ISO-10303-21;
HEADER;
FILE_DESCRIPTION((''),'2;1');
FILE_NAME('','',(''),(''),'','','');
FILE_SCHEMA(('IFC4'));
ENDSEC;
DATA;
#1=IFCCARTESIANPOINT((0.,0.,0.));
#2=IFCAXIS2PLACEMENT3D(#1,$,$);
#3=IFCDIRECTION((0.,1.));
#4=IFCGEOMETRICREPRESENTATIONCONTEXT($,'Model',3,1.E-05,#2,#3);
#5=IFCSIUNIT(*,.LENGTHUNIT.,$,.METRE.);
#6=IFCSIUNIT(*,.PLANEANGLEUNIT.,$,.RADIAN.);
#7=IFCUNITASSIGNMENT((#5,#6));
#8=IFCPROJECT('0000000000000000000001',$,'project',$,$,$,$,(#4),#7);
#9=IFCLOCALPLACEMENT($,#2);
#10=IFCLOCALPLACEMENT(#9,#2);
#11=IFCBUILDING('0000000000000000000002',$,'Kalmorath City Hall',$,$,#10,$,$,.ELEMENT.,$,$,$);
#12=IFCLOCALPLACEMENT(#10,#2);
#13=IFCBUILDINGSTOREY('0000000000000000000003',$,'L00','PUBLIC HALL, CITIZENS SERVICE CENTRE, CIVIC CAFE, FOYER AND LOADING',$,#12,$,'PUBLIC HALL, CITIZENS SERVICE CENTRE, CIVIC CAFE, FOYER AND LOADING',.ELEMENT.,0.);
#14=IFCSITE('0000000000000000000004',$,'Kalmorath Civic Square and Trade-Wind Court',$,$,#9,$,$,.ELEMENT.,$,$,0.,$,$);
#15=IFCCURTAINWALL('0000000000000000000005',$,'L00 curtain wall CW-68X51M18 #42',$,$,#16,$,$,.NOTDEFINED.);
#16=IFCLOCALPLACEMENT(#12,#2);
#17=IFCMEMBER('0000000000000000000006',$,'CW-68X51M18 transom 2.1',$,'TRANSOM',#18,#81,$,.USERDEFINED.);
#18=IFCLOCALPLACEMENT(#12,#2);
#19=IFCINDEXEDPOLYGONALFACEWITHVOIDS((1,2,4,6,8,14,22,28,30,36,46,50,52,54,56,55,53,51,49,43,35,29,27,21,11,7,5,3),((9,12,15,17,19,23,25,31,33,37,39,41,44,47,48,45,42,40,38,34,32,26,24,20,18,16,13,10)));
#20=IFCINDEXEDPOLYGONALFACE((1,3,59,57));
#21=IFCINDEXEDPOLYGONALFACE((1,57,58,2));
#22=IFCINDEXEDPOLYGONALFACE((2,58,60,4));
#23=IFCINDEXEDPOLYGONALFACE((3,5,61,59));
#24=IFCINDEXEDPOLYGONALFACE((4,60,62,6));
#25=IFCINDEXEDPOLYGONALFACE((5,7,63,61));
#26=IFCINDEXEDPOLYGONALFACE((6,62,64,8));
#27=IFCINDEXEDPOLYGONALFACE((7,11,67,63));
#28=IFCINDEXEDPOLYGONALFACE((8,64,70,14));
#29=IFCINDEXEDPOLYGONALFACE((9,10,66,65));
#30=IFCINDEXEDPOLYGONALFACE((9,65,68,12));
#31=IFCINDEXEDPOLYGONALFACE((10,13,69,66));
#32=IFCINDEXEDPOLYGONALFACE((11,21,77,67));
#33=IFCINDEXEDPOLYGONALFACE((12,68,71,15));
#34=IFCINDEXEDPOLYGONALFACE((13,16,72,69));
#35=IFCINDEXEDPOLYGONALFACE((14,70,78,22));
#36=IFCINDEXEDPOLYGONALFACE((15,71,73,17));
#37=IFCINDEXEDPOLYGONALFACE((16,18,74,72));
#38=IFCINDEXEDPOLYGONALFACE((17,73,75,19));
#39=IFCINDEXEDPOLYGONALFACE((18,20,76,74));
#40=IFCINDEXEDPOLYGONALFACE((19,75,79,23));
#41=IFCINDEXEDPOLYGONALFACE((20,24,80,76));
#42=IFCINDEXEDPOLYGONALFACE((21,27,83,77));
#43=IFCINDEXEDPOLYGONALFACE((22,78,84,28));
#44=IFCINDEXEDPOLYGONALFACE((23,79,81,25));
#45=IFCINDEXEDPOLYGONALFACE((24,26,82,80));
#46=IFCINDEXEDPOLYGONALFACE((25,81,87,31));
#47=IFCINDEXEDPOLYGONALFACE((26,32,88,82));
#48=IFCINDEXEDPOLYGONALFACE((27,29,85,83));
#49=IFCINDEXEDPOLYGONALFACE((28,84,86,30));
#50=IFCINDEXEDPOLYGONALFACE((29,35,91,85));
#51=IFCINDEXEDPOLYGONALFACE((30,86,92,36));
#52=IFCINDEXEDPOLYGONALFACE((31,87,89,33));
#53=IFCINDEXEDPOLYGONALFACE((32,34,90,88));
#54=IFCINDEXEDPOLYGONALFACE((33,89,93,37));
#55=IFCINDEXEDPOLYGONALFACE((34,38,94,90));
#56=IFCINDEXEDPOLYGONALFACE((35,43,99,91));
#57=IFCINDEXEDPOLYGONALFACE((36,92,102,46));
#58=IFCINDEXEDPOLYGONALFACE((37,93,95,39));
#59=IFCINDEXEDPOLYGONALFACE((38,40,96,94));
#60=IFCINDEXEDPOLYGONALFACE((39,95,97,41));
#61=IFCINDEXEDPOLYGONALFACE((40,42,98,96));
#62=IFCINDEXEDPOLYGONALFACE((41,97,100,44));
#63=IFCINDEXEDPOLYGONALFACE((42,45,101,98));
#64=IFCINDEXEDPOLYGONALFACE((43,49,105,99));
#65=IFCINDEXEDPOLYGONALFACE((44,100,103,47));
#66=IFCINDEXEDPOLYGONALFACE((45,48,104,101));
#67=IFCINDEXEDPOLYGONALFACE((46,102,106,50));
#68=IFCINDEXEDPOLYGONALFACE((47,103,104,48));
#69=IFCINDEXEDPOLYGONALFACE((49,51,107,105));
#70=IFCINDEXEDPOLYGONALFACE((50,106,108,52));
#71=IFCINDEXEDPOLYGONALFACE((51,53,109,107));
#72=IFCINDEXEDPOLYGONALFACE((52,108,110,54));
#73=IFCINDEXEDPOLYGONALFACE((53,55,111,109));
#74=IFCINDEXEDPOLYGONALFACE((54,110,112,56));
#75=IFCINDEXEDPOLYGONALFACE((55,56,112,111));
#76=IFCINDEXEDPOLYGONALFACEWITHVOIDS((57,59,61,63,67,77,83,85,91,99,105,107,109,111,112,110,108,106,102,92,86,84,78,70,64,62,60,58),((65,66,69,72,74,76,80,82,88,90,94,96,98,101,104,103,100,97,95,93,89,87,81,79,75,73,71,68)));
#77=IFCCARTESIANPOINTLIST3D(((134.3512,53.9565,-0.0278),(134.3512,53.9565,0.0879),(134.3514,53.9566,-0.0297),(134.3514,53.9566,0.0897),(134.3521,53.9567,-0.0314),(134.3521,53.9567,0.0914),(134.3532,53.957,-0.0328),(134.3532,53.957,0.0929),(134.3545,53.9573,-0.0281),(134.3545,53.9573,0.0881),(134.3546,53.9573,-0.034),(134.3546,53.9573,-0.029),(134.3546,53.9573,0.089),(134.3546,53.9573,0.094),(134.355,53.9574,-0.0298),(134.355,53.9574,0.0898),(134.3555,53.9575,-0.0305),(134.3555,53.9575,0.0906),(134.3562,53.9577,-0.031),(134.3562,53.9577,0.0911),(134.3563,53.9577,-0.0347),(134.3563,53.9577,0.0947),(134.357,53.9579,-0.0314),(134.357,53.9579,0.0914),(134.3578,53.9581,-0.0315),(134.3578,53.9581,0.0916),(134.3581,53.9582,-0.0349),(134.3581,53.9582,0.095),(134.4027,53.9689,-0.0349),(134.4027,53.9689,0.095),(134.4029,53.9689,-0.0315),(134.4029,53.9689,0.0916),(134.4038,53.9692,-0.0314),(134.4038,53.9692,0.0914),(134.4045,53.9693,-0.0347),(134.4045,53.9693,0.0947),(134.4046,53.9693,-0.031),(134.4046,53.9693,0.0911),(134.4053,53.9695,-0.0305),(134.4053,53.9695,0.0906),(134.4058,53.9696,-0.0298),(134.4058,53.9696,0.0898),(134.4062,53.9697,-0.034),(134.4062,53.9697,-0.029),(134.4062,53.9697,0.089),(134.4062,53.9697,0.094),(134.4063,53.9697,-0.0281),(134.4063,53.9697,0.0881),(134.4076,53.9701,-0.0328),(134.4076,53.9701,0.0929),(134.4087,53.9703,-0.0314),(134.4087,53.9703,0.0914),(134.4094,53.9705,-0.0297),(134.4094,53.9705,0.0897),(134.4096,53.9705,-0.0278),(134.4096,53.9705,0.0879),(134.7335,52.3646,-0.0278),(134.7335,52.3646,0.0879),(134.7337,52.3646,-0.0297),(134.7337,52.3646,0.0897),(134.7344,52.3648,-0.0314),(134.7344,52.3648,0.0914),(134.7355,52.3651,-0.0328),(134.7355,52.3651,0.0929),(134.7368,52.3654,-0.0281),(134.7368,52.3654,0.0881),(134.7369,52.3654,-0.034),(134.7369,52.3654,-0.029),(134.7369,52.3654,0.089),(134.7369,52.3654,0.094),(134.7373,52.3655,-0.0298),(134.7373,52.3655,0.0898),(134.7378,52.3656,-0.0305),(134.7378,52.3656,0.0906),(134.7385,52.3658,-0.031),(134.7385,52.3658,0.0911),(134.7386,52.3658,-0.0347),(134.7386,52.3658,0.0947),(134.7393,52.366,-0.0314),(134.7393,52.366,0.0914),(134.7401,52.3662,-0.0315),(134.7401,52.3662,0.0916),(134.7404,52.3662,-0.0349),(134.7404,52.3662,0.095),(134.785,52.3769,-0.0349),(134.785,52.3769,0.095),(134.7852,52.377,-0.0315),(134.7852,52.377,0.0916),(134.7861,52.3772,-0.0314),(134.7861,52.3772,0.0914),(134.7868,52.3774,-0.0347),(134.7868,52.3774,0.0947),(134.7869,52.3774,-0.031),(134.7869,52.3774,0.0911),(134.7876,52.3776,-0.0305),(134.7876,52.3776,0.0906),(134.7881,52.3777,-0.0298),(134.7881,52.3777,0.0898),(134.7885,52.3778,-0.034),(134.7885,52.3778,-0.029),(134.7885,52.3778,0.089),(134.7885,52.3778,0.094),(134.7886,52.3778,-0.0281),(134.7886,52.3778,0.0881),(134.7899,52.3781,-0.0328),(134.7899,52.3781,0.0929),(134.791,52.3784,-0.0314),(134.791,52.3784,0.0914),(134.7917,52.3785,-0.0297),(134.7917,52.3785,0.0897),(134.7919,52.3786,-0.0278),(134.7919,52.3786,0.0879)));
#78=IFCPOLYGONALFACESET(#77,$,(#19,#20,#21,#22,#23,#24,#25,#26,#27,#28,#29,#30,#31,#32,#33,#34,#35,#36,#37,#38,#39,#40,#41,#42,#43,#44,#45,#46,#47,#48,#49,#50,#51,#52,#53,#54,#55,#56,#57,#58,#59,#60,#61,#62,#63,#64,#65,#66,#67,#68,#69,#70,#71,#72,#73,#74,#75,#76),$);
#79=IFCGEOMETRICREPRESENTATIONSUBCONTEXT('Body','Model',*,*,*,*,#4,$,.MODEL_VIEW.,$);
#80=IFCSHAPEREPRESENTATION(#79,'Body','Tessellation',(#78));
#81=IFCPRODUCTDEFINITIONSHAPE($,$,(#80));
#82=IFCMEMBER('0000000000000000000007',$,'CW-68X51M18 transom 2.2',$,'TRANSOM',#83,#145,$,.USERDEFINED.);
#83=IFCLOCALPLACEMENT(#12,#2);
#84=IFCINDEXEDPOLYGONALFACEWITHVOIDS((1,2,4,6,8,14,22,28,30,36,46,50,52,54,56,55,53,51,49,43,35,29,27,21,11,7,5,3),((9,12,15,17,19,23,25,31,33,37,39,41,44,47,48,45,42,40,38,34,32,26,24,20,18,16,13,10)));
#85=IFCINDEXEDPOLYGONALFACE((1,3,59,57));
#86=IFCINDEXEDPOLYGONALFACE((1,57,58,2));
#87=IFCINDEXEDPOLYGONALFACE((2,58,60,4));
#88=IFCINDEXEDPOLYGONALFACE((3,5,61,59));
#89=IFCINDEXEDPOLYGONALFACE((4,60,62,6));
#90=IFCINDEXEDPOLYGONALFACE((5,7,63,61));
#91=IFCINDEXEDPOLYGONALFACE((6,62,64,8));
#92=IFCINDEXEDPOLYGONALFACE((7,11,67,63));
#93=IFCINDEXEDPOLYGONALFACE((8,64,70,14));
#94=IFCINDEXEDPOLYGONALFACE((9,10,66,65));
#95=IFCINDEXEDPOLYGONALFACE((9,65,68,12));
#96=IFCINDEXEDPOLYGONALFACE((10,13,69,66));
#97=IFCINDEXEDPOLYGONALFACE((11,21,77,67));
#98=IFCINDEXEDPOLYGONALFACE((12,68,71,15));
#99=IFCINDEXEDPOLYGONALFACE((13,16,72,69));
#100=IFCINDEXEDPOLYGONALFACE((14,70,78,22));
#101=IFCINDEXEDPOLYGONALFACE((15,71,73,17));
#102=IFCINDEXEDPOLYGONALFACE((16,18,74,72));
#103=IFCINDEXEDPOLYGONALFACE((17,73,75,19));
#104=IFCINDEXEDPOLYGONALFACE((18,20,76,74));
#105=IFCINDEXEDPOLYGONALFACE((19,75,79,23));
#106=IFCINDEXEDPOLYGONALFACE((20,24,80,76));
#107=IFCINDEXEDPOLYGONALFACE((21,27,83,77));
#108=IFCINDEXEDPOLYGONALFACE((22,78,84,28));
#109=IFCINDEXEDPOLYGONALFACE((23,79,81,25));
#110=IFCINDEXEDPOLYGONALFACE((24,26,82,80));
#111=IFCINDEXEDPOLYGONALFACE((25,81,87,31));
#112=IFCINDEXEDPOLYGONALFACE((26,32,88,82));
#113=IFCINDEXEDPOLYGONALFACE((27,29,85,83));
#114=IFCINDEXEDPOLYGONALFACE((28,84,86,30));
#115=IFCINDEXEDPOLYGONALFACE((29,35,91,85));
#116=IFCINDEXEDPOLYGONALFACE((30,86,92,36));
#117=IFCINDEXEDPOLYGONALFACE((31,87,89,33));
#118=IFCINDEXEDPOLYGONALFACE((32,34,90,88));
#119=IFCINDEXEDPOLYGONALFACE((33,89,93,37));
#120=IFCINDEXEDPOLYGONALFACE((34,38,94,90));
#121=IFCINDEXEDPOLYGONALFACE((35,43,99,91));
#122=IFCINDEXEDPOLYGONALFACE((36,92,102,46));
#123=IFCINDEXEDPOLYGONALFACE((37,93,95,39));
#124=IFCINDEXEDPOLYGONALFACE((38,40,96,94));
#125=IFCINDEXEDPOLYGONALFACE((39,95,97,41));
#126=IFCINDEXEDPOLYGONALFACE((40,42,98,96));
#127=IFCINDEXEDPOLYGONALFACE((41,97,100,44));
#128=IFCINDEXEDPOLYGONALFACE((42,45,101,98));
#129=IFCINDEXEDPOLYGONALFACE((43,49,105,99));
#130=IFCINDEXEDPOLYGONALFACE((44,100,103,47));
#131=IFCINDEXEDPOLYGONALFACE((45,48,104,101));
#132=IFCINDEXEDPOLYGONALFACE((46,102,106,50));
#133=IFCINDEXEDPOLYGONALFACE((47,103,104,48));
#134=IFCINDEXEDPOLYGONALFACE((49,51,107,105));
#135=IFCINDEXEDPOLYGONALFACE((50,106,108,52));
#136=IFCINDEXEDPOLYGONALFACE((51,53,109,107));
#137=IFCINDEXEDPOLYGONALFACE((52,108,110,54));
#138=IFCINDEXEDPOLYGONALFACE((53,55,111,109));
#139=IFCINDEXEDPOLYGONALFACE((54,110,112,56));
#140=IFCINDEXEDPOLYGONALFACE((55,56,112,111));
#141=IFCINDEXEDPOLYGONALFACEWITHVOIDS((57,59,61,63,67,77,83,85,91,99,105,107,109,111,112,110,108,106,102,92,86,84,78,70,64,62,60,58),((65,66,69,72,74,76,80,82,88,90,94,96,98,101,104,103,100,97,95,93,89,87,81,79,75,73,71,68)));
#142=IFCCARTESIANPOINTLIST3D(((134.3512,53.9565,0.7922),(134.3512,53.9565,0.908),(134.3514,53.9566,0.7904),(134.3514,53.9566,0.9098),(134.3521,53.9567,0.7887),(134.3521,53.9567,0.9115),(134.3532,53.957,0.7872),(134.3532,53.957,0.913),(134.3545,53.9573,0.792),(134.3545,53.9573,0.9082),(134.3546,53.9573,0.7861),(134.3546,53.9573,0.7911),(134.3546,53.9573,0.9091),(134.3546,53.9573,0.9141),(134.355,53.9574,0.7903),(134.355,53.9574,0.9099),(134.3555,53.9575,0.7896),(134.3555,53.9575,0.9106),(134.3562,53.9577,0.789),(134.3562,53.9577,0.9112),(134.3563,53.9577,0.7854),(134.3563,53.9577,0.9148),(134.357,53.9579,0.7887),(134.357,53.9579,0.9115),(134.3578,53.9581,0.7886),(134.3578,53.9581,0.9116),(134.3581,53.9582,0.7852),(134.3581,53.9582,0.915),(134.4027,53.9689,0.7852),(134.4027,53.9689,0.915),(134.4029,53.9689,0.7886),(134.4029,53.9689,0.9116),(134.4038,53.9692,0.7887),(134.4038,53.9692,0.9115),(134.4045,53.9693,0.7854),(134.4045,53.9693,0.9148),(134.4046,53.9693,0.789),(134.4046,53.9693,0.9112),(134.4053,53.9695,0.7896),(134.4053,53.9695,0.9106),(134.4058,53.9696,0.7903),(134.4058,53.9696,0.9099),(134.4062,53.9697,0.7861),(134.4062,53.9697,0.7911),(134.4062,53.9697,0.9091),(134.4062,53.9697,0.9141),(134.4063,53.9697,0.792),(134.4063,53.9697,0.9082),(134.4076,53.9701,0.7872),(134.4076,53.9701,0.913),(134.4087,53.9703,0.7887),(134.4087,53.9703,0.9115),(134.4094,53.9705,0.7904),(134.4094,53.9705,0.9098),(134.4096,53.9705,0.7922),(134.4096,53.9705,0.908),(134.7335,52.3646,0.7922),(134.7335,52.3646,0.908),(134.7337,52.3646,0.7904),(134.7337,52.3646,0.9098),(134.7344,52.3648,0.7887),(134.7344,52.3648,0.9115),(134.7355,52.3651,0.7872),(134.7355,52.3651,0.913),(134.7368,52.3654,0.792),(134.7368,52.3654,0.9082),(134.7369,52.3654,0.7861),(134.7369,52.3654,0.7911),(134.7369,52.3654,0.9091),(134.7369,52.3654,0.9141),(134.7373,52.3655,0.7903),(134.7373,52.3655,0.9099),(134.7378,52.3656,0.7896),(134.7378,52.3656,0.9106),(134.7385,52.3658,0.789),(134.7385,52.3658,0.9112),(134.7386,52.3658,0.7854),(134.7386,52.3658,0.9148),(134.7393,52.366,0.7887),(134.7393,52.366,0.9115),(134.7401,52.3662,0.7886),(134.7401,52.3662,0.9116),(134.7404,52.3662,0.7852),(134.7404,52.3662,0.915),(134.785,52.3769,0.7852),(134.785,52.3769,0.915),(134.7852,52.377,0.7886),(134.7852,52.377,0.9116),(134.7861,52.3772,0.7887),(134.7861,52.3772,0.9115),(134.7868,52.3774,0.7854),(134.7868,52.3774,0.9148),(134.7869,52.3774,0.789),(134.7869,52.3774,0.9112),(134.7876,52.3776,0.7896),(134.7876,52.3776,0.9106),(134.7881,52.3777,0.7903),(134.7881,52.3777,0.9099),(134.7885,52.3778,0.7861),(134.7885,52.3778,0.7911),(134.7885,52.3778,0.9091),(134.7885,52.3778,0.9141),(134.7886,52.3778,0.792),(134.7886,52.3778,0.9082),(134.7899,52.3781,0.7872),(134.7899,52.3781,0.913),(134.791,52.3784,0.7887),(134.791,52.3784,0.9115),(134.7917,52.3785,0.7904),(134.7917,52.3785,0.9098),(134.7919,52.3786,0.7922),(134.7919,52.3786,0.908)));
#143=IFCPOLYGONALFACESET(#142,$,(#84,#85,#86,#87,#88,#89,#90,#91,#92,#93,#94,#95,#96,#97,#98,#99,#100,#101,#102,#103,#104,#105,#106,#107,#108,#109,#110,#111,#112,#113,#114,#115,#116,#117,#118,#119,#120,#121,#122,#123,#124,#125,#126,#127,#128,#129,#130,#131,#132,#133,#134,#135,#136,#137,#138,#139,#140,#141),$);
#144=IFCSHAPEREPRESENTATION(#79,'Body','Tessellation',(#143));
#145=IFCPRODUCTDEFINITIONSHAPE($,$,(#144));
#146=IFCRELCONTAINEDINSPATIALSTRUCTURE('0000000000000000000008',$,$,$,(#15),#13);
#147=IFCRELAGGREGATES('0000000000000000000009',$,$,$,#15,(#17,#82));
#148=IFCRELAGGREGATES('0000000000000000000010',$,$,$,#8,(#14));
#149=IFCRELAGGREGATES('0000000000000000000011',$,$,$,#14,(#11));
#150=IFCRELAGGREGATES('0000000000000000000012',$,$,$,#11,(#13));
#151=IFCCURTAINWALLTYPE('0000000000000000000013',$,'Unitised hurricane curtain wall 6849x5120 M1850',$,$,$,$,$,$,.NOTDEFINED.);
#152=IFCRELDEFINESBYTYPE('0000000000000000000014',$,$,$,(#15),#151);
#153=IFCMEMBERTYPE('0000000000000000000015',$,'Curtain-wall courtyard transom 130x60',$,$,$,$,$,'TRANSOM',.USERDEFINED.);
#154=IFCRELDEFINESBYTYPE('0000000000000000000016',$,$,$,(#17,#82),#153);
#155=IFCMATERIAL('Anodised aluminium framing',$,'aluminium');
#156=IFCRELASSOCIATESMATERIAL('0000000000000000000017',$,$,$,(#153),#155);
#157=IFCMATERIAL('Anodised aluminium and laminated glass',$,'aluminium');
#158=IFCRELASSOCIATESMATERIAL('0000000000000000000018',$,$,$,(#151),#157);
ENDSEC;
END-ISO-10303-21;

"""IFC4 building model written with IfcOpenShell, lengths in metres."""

from ifc_helpers import new_model, si_unit, direction, frame, origin, origin_2d, place, context, subcontext, project, spatial, hollow_rectangle, extrude, material, material_profile, profile_set, type_object, element, aggregate, save


model = new_model("IFC4")

# Units and contexts
model_context = context("Model", 3, precision=1e-05, world=origin(), true_north=direction((0.0, 1.0)))
body_context = subcontext(model_context, "Body", "Model", "MODEL_VIEW")
ifc_project = project(units=[si_unit("LENGTHUNIT", "METRE"), si_unit("PLANEANGLEUNIT", "RADIAN")], contexts=[model_context])

# Site, building, storey
site_placement = place(None, origin())
site = spatial("IfcSite", under=ifc_project, at=site_placement, Name="Kalmorath Civic Square and Trade-Wind Court", CompositionType="ELEMENT", RefElevation=0.0)
building_placement = place(site_placement, origin())
building = spatial("IfcBuilding", under=site, at=building_placement, Name="Kalmorath City Hall", CompositionType="ELEMENT")
storey_placement = place(building_placement, origin())
storey = spatial("IfcBuildingStorey", under=building, at=storey_placement, Name="L00", Description="PUBLIC HALL, CITIZENS SERVICE CENTRE, CIVIC CAFE, FOYER AND LOADING", LongName="PUBLIC HALL, CITIZENS SERVICE CENTRE, CIVIC CAFE, FOYER AND LOADING", CompositionType="ELEMENT", Elevation=0.0)

# Curtain wall, members
ifc_material_1 = material(Name="Anodised aluminium framing", Category="aluminium")
ifc_material_profile_1 = material_profile(ifc_material_1, hollow_rectangle(XDim=0.0601, YDim=0.1299, WallThickness=0.0034, InnerFilletRadius=0.0034, OuterFilletRadius=0.0071, at=origin_2d()), Name="ALU-TRN-130X60X3.5")
ifc_profile_set_1 = profile_set([ifc_material_profile_1], Name="Anodised aluminium framing")
member_type_1 = type_object("IfcMemberType", Name="Curtain-wall courtyard transom 130x60", ElementType="TRANSOM", PredefinedType="USERDEFINED", material=ifc_profile_set_1)
ifc_material_2 = material(Name="Anodised aluminium and laminated glass", Category="aluminium")
curtain_wall_type_1 = type_object("IfcCurtainWallType", Name="Unitised hurricane curtain wall 6849x5120 M1850", PredefinedType="NOTDEFINED", material=ifc_material_2)
curtain_wall_1_placement = place(storey_placement, origin())
curtain_wall_1 = element("IfcCurtainWall", 1, at=curtain_wall_1_placement, inside=storey, type_object=curtain_wall_type_1, Name="L00 curtain wall CW-68X51M18 #42", PredefinedType="NOTDEFINED")
member_1_placement = place(storey_placement, frame((134.7627, 52.3716, 0.03), z_axis=(-0.233508, 0.972355, 0.0), x_axis=(-0.972355, -0.233508, 0.0)))
member_1 = element("IfcMember", 2, at=member_1_placement, type_object=member_type_1, Name="CW-68X51M18 transom 2.1", ObjectType="TRANSOM", PredefinedType="USERDEFINED", context=body_context, shape_type="SweptSolid", body=[
    extrude(hollow_rectangle(XDim=0.0601, YDim=0.1299, WallThickness=0.0034, InnerFilletRadius=0.0034, OuterFilletRadius=0.0071, at=origin_2d()), origin(), (0.0, 0.0, 1.0), 1.6372),
])
member_2_placement = place(storey_placement, frame((134.7627, 52.3716, 0.8501), z_axis=(-0.233508, 0.972355, 0.0), x_axis=(-0.972355, -0.233508, 0.0)))
member_2 = element("IfcMember", 3, at=member_2_placement, type_object=member_type_1, Name="CW-68X51M18 transom 2.2", ObjectType="TRANSOM", PredefinedType="USERDEFINED", context=body_context, shape_type="SweptSolid", body=[
    extrude(hollow_rectangle(XDim=0.0601, YDim=0.1299, WallThickness=0.0034, InnerFilletRadius=0.0034, OuterFilletRadius=0.0071, at=origin_2d()), origin(), (0.0, 0.0, 1.0), 1.6372),
])

aggregate(curtain_wall_1, [member_1, member_2])

save(model, "model.ifc")
